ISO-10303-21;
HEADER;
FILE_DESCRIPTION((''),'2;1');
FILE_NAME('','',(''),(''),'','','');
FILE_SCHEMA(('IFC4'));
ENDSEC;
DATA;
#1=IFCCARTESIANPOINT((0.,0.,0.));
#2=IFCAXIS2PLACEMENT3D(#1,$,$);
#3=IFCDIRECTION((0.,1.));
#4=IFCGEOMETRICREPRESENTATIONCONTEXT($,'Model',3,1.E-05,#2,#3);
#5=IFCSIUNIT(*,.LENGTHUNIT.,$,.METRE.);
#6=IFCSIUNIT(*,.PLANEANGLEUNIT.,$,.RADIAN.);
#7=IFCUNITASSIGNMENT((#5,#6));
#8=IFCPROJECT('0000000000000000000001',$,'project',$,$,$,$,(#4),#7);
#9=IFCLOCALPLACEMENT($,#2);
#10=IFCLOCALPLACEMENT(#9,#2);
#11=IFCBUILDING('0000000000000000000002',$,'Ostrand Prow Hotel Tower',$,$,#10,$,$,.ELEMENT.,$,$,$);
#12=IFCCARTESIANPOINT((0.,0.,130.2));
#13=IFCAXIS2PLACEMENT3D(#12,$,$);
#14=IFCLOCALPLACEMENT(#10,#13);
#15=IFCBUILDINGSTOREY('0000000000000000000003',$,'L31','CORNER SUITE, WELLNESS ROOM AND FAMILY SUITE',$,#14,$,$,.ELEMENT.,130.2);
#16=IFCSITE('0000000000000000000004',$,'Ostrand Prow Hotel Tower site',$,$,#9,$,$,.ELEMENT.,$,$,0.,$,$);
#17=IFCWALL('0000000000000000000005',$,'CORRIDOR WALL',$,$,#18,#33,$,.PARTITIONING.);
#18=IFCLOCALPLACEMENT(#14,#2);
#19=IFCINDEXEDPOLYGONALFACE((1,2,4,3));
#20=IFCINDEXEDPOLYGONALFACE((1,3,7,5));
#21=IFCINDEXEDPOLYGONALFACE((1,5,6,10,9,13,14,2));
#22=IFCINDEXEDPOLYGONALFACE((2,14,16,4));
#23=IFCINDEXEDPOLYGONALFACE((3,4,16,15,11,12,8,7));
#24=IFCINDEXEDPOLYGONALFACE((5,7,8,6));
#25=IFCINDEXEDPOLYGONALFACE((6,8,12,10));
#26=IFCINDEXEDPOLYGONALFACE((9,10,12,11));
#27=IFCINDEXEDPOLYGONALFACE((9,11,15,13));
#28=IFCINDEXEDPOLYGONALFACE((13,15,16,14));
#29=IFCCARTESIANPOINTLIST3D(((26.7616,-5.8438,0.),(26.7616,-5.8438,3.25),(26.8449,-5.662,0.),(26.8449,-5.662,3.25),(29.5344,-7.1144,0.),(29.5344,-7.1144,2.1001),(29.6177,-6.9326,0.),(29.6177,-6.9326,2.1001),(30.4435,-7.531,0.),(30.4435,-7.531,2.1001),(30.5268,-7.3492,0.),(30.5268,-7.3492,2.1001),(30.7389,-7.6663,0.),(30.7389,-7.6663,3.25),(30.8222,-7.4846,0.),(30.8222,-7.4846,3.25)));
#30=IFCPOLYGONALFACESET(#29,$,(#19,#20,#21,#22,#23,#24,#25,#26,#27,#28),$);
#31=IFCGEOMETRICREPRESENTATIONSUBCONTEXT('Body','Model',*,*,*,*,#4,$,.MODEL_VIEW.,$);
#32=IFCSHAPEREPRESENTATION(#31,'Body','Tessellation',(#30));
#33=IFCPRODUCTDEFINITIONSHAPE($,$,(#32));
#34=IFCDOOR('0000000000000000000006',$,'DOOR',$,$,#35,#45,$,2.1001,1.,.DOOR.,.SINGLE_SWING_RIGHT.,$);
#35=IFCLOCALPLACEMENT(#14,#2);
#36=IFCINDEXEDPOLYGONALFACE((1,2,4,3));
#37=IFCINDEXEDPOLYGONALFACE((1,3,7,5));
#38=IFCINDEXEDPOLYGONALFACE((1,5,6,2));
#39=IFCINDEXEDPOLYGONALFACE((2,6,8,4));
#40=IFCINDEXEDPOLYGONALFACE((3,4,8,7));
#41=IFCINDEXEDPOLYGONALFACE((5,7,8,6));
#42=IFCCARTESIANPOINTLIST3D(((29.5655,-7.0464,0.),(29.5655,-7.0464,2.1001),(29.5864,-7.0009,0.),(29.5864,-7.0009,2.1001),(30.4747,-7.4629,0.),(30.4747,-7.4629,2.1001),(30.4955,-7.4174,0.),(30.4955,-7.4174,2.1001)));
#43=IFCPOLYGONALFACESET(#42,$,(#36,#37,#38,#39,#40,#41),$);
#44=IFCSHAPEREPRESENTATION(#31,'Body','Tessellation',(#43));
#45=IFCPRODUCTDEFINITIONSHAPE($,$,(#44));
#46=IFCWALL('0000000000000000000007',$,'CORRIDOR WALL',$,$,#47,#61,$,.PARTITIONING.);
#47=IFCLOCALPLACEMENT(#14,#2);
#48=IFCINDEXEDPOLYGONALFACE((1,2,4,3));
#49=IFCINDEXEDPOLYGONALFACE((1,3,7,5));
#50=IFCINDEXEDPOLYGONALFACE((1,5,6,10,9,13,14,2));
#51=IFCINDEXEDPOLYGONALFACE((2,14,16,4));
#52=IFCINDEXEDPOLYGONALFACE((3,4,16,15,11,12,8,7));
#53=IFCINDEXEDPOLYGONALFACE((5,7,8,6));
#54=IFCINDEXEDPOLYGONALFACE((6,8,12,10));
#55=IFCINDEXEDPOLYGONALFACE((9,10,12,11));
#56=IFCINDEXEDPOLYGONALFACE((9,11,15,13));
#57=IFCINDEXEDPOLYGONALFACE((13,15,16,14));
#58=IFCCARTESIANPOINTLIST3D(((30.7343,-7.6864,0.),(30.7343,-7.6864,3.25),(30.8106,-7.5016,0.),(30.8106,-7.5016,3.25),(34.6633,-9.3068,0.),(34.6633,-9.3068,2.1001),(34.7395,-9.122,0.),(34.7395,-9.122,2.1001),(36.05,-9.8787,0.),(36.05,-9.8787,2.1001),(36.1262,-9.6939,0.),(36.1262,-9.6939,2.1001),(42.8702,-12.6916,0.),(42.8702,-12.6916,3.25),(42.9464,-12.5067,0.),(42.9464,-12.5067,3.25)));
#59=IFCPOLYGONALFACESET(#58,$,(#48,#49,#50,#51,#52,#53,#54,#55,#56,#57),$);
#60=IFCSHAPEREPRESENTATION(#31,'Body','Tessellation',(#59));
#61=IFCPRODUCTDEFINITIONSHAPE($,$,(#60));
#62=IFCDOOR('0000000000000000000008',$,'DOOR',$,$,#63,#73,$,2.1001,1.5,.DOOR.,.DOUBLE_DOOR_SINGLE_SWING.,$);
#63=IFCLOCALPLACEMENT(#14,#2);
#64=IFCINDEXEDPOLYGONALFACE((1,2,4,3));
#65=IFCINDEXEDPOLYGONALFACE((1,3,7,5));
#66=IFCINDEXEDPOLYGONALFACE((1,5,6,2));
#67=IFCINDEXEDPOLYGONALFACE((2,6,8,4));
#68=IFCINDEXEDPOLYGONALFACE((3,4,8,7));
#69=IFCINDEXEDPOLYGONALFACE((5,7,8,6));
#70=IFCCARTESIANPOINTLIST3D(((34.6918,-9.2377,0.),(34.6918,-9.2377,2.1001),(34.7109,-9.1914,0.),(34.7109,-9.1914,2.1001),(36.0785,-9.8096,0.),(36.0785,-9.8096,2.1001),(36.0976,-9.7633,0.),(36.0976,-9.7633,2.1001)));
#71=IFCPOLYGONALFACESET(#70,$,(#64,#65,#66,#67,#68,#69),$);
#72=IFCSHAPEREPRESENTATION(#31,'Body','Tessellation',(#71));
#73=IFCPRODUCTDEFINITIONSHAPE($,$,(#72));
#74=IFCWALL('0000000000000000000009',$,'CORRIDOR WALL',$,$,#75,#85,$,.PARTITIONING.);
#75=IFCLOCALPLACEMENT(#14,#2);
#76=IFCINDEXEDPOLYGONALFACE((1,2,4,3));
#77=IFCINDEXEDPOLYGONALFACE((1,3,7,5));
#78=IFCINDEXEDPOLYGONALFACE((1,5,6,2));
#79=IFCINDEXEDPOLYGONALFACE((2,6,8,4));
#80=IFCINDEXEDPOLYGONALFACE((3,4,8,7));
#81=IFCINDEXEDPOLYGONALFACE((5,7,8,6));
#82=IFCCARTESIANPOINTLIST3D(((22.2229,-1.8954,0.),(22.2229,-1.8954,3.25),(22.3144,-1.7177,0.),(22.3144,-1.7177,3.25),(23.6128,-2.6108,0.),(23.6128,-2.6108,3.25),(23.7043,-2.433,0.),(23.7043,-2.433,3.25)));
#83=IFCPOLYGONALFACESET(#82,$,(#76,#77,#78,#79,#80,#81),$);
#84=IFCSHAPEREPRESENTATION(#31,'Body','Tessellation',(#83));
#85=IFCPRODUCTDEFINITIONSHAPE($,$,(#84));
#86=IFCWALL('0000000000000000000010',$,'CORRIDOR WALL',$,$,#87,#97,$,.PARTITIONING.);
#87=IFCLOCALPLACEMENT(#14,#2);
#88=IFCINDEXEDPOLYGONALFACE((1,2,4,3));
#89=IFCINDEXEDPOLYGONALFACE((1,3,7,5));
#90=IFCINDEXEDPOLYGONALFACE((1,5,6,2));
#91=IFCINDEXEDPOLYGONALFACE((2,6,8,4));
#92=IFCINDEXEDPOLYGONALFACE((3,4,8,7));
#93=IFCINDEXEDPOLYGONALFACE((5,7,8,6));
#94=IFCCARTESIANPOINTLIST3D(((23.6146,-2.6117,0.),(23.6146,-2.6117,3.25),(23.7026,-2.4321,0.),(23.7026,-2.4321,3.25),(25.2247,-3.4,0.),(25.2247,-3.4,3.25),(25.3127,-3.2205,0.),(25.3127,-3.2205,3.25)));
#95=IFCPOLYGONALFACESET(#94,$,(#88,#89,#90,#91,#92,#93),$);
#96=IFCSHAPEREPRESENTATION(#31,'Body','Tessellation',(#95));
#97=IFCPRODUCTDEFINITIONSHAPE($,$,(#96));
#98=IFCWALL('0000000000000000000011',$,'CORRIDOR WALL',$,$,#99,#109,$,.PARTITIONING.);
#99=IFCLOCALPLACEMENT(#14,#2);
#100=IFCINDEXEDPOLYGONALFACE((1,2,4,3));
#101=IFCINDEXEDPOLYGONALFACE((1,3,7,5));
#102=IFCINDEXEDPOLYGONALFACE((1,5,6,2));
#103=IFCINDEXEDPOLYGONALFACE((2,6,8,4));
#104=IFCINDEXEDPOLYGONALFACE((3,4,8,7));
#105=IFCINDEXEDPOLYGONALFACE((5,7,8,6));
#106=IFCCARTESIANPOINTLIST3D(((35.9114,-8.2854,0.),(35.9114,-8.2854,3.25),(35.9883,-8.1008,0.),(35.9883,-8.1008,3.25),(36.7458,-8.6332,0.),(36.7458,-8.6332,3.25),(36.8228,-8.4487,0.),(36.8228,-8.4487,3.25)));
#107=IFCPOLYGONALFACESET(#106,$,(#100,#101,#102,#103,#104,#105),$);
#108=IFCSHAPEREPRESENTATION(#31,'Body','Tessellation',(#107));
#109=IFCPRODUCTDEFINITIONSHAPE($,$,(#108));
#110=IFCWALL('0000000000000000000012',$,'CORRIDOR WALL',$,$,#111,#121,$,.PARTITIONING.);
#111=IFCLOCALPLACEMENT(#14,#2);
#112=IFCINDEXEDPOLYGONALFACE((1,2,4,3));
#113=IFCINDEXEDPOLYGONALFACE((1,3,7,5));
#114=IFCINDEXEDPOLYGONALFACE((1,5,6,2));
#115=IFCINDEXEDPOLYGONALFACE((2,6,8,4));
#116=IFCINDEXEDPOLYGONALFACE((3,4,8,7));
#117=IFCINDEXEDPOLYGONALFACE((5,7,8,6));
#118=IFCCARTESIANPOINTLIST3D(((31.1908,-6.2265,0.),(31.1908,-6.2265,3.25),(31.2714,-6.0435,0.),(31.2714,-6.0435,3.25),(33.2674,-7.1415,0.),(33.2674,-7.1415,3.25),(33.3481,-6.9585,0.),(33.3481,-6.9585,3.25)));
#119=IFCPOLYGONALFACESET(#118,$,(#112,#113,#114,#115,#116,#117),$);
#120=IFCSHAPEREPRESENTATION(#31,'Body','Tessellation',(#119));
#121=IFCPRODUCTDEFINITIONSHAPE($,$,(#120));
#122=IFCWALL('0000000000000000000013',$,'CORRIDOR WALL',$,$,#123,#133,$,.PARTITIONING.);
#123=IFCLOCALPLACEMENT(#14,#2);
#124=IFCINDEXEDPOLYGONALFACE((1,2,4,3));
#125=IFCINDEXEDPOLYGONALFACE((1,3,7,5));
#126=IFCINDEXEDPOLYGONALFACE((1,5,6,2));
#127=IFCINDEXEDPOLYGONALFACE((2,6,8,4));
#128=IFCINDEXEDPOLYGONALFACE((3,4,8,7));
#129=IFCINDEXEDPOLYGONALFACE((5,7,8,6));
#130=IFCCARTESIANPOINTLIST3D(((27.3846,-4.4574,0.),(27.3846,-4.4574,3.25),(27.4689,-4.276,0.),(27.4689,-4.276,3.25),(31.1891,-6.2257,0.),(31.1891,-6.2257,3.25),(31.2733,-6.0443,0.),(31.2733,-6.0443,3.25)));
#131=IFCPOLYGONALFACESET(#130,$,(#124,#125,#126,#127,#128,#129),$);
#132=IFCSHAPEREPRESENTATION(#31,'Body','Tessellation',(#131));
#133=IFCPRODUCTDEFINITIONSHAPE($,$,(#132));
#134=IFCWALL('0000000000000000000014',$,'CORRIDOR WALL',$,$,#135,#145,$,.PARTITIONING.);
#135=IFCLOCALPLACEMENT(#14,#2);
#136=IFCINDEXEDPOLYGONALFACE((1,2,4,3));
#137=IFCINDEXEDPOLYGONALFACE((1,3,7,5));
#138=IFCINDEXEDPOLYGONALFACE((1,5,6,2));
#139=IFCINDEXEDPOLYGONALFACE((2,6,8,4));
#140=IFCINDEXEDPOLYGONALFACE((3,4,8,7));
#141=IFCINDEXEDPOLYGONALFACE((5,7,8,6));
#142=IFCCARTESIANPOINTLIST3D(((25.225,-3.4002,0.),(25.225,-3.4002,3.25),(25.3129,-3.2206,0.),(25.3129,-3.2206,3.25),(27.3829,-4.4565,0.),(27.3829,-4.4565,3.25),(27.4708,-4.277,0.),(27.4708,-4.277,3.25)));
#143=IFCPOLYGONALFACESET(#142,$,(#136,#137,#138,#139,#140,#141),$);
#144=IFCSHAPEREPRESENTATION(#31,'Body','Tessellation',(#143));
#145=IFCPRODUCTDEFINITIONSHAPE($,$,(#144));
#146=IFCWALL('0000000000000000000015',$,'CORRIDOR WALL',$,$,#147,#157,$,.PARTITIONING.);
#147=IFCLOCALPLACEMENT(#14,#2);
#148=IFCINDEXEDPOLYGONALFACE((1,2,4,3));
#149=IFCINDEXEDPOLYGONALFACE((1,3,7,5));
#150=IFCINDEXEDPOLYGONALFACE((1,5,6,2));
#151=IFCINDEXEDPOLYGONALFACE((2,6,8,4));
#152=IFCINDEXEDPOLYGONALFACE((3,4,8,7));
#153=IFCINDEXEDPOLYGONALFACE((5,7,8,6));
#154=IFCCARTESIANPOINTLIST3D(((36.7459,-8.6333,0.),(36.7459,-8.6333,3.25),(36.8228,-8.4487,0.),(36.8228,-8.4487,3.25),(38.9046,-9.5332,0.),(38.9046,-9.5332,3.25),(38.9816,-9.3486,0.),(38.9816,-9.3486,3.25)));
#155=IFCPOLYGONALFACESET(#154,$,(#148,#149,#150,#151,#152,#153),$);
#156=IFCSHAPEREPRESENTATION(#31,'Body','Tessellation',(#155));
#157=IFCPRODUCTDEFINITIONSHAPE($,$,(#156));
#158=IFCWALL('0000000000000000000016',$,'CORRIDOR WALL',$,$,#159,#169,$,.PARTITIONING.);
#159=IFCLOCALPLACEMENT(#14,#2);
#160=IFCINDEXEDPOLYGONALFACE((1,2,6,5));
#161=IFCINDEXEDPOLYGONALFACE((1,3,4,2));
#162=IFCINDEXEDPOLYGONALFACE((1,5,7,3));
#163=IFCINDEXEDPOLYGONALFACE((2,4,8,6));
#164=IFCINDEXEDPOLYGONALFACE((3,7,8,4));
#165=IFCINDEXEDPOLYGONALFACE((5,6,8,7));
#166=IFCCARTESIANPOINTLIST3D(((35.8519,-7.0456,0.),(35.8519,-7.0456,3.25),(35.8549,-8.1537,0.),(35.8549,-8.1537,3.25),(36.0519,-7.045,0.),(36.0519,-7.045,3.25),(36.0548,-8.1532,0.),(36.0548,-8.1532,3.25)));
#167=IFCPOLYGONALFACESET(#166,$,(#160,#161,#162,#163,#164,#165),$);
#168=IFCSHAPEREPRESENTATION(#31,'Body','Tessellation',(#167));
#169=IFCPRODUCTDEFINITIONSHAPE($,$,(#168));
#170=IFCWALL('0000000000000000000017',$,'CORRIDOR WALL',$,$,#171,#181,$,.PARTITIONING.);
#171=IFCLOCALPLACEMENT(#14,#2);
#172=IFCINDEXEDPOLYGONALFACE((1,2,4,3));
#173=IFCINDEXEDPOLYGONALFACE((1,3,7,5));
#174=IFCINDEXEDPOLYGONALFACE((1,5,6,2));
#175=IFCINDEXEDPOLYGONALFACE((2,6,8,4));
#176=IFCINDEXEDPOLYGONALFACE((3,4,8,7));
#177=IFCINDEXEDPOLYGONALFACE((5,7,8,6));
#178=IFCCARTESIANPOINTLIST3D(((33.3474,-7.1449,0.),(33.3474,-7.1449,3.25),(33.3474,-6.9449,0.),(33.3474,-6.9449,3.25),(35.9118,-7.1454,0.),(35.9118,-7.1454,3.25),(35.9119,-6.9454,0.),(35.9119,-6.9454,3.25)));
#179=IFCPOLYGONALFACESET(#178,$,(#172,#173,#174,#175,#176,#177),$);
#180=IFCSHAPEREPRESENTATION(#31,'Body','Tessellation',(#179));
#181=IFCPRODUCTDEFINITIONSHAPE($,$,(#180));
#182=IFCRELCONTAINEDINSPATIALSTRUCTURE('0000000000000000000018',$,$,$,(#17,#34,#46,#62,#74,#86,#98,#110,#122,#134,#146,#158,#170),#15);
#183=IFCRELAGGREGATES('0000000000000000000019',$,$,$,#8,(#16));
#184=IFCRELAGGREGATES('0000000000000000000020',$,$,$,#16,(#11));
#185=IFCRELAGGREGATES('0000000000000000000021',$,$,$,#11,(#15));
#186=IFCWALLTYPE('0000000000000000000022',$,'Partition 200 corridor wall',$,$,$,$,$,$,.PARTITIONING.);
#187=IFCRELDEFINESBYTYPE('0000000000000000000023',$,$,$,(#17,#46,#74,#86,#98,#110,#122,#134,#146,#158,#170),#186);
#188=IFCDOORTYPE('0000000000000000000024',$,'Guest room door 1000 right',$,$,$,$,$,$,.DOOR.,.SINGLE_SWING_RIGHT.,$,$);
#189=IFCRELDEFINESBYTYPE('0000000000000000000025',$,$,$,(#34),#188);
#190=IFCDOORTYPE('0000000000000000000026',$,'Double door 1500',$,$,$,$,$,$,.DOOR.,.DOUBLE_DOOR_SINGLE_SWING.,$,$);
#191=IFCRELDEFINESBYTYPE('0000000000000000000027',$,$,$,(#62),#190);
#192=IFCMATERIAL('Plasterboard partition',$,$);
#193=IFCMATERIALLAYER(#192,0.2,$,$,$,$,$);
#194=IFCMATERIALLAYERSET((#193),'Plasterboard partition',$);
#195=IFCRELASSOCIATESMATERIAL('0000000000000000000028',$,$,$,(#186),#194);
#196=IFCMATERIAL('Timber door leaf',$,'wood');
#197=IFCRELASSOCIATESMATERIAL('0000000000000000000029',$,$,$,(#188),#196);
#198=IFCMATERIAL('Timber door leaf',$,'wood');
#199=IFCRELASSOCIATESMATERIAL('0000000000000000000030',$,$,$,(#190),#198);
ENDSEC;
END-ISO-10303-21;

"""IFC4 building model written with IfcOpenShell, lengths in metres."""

from ifc_helpers import new_model, si_unit, direction, frame, frame_2d, origin, place, context, subcontext, project, spatial, rectangle, extrude, material, layer, layer_set, type_object, element, fill, save


model = new_model("IFC4")

# Units and contexts
model_context = context("Model", 3, precision=1e-05, world=origin(), true_north=direction((0.0, 1.0)))
body_context = subcontext(model_context, "Body", "Model", "MODEL_VIEW")
ifc_project = project(units=[si_unit("LENGTHUNIT", "METRE"), si_unit("PLANEANGLEUNIT", "RADIAN")], contexts=[model_context])

# Site, building, storey
site_placement = place(None, origin())
site = spatial("IfcSite", under=ifc_project, at=site_placement, Name="Ostrand Prow Hotel Tower site", CompositionType="ELEMENT", RefElevation=0.0)
building_placement = place(site_placement, origin())
building = spatial("IfcBuilding", under=site, at=building_placement, Name="Ostrand Prow Hotel Tower", CompositionType="ELEMENT")
storey_placement = place(building_placement, frame((0.0, 0.0, 130.2)))
storey = spatial("IfcBuildingStorey", under=building, at=storey_placement, Name="L31", Description="CORNER SUITE, WELLNESS ROOM AND FAMILY SUITE", CompositionType="ELEMENT", Elevation=130.2)

# Walls, openings, doors
ifc_material_1 = material(Name="Plasterboard partition")
ifc_layer_1 = layer(ifc_material_1, 0.2)
ifc_layer_set_1 = layer_set([ifc_layer_1], Name="Plasterboard partition")
wall_type_1 = type_object("IfcWallType", Name="Partition 200 corridor wall", PredefinedType="PARTITIONING", material=ifc_layer_set_1)
wall_1_placement = place(storey_placement, frame((26.8032, -5.7529, 0.0), z_axis=(0.0, 0.0, 1.0), x_axis=(0.909101, -0.416576, 0.0)))
wall_1 = element("IfcWall", 1, at=wall_1_placement, inside=storey, type_object=wall_type_1, Name="CORRIDOR WALL", PredefinedType="PARTITIONING", context=body_context, shape_type="SweptSolid", body=[
    extrude(rectangle(XDim=4.375, YDim=0.2, at=frame_2d((2.1875, 0.0))), origin(), (0.0, 0.0, 1.0), 3.25),
])
opening_1_placement = place(wall_1_placement, frame((3.05, 0.0, 0.0)))
opening_1 = element("IfcOpeningElement", 2, at=opening_1_placement, cuts=wall_1, PredefinedType="OPENING", context=body_context, shape_type="SweptSolid", body=[
    extrude(rectangle(XDim=1.0, YDim=2.1001, at=frame_2d((0.5, 1.05))), frame((0.0, 0.1099, 0.0), z_axis=(0.0, -1.0, 0.0), x_axis=(1.0, 0.0, 0.0)), (0.0, 0.0, 1.0), 0.22),
])
ifc_material_2 = material(Name="Timber door leaf", Category="wood")
door_type_1 = type_object("IfcDoorType", Name="Guest room door 1000 right", OperationType="SINGLE_SWING_RIGHT", PredefinedType="DOOR", material=ifc_material_2)
door_1_placement = place(opening_1_placement, origin())
door_1 = element("IfcDoor", 3, at=door_1_placement, inside=storey, type_object=door_type_1, Name="DOOR", OperationType="SINGLE_SWING_RIGHT", OverallHeight=2.1001, OverallWidth=1.0, PredefinedType="DOOR", context=body_context, shape_type="SweptSolid", body=[
    extrude(rectangle(XDim=1.0, YDim=2.1001, at=frame_2d((0.5, 1.05))), frame((0.0, 0.0249, 0.0), z_axis=(0.0, -1.0, 0.0), x_axis=(1.0, 0.0, 0.0)), (0.0, 0.0, 1.0), 0.05),
])
fill(opening_1, door_1)
wall_2_placement = place(storey_placement, frame((30.7725, -7.594, 0.0), z_axis=(0.0, 0.0, 1.0), x_axis=(0.924462, -0.381275, 0.0)))
wall_2 = element("IfcWall", 4, at=wall_2_placement, inside=storey, type_object=wall_type_1, Name="CORRIDOR WALL", PredefinedType="PARTITIONING", context=body_context, shape_type="SweptSolid", body=[
    extrude(rectangle(XDim=13.1274, YDim=0.2, at=frame_2d((6.5637, 0.0))), origin(), (0.0, 0.0, 1.0), 3.25),
])
opening_2_placement = place(wall_2_placement, frame((4.25, 0.0, 0.0)))
opening_2 = element("IfcOpeningElement", 5, at=opening_2_placement, cuts=wall_2, PredefinedType="OPENING", context=body_context, shape_type="SweptSolid", body=[
    extrude(rectangle(XDim=1.5, YDim=2.1001, at=frame_2d((0.75, 1.05))), frame((0.0, 0.1099, 0.0), z_axis=(0.0, -1.0, 0.0), x_axis=(1.0, 0.0, 0.0)), (0.0, 0.0, 1.0), 0.22),
])
ifc_material_3 = material(Name="Timber door leaf", Category="wood")
door_type_2 = type_object("IfcDoorType", Name="Double door 1500", OperationType="DOUBLE_DOOR_SINGLE_SWING", PredefinedType="DOOR", material=ifc_material_3)
door_2_placement = place(opening_2_placement, origin())
door_2 = element("IfcDoor", 6, at=door_2_placement, inside=storey, type_object=door_type_2, Name="DOOR", OperationType="DOUBLE_DOOR_SINGLE_SWING", OverallHeight=2.1001, OverallWidth=1.5, PredefinedType="DOOR", context=body_context, shape_type="SweptSolid", body=[
    extrude(rectangle(XDim=1.5, YDim=2.1001, at=frame_2d((0.75, 1.05))), frame((0.0, 0.0249, 0.0), z_axis=(0.0, -1.0, 0.0), x_axis=(1.0, 0.0, 0.0)), (0.0, 0.0, 1.0), 0.05),
])
fill(opening_2, door_2)

# Walls
wall_3_placement = place(storey_placement, frame((23.6587, -2.522, 0.0), z_axis=(0.0, 0.0, 1.0), x_axis=(-0.88915, 0.457616, 0.0)))
element("IfcWall", 7, at=wall_3_placement, inside=storey, type_object=wall_type_1, Name="CORRIDOR WALL", PredefinedType="PARTITIONING", context=body_context, shape_type="SweptSolid", body=[
    extrude(rectangle(XDim=1.5632, YDim=0.2, at=frame_2d((0.7817, 0.0))), origin(), (0.0, 0.0, 1.0), 3.25),
])
wall_4_placement = place(storey_placement, frame((25.2688, -3.3103, 0.0), z_axis=(0.0, 0.0, 1.0), x_axis=(-0.898127, 0.439735, 0.0)))
element("IfcWall", 8, at=wall_4_placement, inside=storey, type_object=wall_type_1, Name="CORRIDOR WALL", PredefinedType="PARTITIONING", context=body_context, shape_type="SweptSolid", body=[
    extrude(rectangle(XDim=1.7927, YDim=0.2, at=frame_2d((0.8965, 0.0))), origin(), (0.0, 0.0, 1.0), 3.25),
])
wall_5_placement = place(storey_placement, frame((36.7844, -8.541, 0.0), z_axis=(0.0, 0.0, 1.0), x_axis=(-0.922997, 0.384807, 0.0)))
element("IfcWall", 9, at=wall_5_placement, inside=storey, type_object=wall_type_1, Name="CORRIDOR WALL", PredefinedType="PARTITIONING", context=body_context, shape_type="SweptSolid", body=[
    extrude(rectangle(XDim=0.9041, YDim=0.2, at=frame_2d((0.4521, 0.0))), origin(), (0.0, 0.0, 1.0), 3.25),
])
wall_6_placement = place(storey_placement, frame((33.3079, -7.05, 0.0), z_axis=(0.0, 0.0, 1.0), x_axis=(-0.915102, 0.403222, 0.0)))
element("IfcWall", 10, at=wall_6_placement, inside=storey, type_object=wall_type_1, Name="CORRIDOR WALL", PredefinedType="PARTITIONING", context=body_context, shape_type="SweptSolid", body=[
    extrude(rectangle(XDim=2.2693, YDim=0.2, at=frame_2d((1.1348, 0.0))), origin(), (0.0, 0.0, 1.0), 3.25),
])
wall_7_placement = place(storey_placement, frame((31.2312, -6.135, 0.0), z_axis=(0.0, 0.0, 1.0), x_axis=(-0.90683, 0.421496, 0.0)))
element("IfcWall", 11, at=wall_7_placement, inside=storey, type_object=wall_type_1, Name="CORRIDOR WALL", PredefinedType="PARTITIONING", context=body_context, shape_type="SweptSolid", body=[
    extrude(rectangle(XDim=4.1953, YDim=0.2, at=frame_2d((2.0977, 0.0))), origin(), (0.0, 0.0, 1.0), 3.25),
])
wall_8_placement = place(storey_placement, frame((27.4268, -4.3667, 0.0), z_axis=(0.0, 0.0, 1.0), x_axis=(-0.898155, 0.439678, 0.0)))
element("IfcWall", 12, at=wall_8_placement, inside=storey, type_object=wall_type_1, Name="CORRIDOR WALL", PredefinedType="PARTITIONING", context=body_context, shape_type="SweptSolid", body=[
    extrude(rectangle(XDim=2.4026, YDim=0.2, at=frame_2d((1.2012, 0.0))), origin(), (0.0, 0.0, 1.0), 3.25),
])
wall_9_placement = place(storey_placement, frame((38.9431, -9.4409, 0.0), z_axis=(0.0, 0.0, 1.0), x_axis=(-0.923009, 0.384778, 0.0)))
element("IfcWall", 13, at=wall_9_placement, inside=storey, type_object=wall_type_1, Name="CORRIDOR WALL", PredefinedType="PARTITIONING", context=body_context, shape_type="SweptSolid", body=[
    extrude(rectangle(XDim=2.3389, YDim=0.2, at=frame_2d((1.1694, 0.0))), origin(), (0.0, 0.0, 1.0), 3.25),
])
wall_10_placement = place(storey_placement, frame((35.9548, -8.1536, 0.0), z_axis=(0.0, 0.0, 1.0), x_axis=(-0.002644, 0.999997, 0.0)))
element("IfcWall", 14, at=wall_10_placement, inside=storey, type_object=wall_type_1, Name="CORRIDOR WALL", PredefinedType="PARTITIONING", context=body_context, shape_type="SweptSolid", body=[
    extrude(rectangle(XDim=1.1082, YDim=0.2, at=frame_2d((0.5542, 0.0))), origin(), (0.0, 0.0, 1.0), 3.25),
])
wall_11_placement = place(storey_placement, frame((35.9119, -7.0454, 0.0), z_axis=(0.0, 0.0, 1.0), x_axis=(-1.0, 0.00019, 0.0)))
element("IfcWall", 15, at=wall_11_placement, inside=storey, type_object=wall_type_1, Name="CORRIDOR WALL", PredefinedType="PARTITIONING", context=body_context, shape_type="SweptSolid", body=[
    extrude(rectangle(XDim=2.5645, YDim=0.2, at=frame_2d((1.2822, 0.0))), origin(), (0.0, 0.0, 1.0), 3.25),
])

save(model, "model.ifc")
